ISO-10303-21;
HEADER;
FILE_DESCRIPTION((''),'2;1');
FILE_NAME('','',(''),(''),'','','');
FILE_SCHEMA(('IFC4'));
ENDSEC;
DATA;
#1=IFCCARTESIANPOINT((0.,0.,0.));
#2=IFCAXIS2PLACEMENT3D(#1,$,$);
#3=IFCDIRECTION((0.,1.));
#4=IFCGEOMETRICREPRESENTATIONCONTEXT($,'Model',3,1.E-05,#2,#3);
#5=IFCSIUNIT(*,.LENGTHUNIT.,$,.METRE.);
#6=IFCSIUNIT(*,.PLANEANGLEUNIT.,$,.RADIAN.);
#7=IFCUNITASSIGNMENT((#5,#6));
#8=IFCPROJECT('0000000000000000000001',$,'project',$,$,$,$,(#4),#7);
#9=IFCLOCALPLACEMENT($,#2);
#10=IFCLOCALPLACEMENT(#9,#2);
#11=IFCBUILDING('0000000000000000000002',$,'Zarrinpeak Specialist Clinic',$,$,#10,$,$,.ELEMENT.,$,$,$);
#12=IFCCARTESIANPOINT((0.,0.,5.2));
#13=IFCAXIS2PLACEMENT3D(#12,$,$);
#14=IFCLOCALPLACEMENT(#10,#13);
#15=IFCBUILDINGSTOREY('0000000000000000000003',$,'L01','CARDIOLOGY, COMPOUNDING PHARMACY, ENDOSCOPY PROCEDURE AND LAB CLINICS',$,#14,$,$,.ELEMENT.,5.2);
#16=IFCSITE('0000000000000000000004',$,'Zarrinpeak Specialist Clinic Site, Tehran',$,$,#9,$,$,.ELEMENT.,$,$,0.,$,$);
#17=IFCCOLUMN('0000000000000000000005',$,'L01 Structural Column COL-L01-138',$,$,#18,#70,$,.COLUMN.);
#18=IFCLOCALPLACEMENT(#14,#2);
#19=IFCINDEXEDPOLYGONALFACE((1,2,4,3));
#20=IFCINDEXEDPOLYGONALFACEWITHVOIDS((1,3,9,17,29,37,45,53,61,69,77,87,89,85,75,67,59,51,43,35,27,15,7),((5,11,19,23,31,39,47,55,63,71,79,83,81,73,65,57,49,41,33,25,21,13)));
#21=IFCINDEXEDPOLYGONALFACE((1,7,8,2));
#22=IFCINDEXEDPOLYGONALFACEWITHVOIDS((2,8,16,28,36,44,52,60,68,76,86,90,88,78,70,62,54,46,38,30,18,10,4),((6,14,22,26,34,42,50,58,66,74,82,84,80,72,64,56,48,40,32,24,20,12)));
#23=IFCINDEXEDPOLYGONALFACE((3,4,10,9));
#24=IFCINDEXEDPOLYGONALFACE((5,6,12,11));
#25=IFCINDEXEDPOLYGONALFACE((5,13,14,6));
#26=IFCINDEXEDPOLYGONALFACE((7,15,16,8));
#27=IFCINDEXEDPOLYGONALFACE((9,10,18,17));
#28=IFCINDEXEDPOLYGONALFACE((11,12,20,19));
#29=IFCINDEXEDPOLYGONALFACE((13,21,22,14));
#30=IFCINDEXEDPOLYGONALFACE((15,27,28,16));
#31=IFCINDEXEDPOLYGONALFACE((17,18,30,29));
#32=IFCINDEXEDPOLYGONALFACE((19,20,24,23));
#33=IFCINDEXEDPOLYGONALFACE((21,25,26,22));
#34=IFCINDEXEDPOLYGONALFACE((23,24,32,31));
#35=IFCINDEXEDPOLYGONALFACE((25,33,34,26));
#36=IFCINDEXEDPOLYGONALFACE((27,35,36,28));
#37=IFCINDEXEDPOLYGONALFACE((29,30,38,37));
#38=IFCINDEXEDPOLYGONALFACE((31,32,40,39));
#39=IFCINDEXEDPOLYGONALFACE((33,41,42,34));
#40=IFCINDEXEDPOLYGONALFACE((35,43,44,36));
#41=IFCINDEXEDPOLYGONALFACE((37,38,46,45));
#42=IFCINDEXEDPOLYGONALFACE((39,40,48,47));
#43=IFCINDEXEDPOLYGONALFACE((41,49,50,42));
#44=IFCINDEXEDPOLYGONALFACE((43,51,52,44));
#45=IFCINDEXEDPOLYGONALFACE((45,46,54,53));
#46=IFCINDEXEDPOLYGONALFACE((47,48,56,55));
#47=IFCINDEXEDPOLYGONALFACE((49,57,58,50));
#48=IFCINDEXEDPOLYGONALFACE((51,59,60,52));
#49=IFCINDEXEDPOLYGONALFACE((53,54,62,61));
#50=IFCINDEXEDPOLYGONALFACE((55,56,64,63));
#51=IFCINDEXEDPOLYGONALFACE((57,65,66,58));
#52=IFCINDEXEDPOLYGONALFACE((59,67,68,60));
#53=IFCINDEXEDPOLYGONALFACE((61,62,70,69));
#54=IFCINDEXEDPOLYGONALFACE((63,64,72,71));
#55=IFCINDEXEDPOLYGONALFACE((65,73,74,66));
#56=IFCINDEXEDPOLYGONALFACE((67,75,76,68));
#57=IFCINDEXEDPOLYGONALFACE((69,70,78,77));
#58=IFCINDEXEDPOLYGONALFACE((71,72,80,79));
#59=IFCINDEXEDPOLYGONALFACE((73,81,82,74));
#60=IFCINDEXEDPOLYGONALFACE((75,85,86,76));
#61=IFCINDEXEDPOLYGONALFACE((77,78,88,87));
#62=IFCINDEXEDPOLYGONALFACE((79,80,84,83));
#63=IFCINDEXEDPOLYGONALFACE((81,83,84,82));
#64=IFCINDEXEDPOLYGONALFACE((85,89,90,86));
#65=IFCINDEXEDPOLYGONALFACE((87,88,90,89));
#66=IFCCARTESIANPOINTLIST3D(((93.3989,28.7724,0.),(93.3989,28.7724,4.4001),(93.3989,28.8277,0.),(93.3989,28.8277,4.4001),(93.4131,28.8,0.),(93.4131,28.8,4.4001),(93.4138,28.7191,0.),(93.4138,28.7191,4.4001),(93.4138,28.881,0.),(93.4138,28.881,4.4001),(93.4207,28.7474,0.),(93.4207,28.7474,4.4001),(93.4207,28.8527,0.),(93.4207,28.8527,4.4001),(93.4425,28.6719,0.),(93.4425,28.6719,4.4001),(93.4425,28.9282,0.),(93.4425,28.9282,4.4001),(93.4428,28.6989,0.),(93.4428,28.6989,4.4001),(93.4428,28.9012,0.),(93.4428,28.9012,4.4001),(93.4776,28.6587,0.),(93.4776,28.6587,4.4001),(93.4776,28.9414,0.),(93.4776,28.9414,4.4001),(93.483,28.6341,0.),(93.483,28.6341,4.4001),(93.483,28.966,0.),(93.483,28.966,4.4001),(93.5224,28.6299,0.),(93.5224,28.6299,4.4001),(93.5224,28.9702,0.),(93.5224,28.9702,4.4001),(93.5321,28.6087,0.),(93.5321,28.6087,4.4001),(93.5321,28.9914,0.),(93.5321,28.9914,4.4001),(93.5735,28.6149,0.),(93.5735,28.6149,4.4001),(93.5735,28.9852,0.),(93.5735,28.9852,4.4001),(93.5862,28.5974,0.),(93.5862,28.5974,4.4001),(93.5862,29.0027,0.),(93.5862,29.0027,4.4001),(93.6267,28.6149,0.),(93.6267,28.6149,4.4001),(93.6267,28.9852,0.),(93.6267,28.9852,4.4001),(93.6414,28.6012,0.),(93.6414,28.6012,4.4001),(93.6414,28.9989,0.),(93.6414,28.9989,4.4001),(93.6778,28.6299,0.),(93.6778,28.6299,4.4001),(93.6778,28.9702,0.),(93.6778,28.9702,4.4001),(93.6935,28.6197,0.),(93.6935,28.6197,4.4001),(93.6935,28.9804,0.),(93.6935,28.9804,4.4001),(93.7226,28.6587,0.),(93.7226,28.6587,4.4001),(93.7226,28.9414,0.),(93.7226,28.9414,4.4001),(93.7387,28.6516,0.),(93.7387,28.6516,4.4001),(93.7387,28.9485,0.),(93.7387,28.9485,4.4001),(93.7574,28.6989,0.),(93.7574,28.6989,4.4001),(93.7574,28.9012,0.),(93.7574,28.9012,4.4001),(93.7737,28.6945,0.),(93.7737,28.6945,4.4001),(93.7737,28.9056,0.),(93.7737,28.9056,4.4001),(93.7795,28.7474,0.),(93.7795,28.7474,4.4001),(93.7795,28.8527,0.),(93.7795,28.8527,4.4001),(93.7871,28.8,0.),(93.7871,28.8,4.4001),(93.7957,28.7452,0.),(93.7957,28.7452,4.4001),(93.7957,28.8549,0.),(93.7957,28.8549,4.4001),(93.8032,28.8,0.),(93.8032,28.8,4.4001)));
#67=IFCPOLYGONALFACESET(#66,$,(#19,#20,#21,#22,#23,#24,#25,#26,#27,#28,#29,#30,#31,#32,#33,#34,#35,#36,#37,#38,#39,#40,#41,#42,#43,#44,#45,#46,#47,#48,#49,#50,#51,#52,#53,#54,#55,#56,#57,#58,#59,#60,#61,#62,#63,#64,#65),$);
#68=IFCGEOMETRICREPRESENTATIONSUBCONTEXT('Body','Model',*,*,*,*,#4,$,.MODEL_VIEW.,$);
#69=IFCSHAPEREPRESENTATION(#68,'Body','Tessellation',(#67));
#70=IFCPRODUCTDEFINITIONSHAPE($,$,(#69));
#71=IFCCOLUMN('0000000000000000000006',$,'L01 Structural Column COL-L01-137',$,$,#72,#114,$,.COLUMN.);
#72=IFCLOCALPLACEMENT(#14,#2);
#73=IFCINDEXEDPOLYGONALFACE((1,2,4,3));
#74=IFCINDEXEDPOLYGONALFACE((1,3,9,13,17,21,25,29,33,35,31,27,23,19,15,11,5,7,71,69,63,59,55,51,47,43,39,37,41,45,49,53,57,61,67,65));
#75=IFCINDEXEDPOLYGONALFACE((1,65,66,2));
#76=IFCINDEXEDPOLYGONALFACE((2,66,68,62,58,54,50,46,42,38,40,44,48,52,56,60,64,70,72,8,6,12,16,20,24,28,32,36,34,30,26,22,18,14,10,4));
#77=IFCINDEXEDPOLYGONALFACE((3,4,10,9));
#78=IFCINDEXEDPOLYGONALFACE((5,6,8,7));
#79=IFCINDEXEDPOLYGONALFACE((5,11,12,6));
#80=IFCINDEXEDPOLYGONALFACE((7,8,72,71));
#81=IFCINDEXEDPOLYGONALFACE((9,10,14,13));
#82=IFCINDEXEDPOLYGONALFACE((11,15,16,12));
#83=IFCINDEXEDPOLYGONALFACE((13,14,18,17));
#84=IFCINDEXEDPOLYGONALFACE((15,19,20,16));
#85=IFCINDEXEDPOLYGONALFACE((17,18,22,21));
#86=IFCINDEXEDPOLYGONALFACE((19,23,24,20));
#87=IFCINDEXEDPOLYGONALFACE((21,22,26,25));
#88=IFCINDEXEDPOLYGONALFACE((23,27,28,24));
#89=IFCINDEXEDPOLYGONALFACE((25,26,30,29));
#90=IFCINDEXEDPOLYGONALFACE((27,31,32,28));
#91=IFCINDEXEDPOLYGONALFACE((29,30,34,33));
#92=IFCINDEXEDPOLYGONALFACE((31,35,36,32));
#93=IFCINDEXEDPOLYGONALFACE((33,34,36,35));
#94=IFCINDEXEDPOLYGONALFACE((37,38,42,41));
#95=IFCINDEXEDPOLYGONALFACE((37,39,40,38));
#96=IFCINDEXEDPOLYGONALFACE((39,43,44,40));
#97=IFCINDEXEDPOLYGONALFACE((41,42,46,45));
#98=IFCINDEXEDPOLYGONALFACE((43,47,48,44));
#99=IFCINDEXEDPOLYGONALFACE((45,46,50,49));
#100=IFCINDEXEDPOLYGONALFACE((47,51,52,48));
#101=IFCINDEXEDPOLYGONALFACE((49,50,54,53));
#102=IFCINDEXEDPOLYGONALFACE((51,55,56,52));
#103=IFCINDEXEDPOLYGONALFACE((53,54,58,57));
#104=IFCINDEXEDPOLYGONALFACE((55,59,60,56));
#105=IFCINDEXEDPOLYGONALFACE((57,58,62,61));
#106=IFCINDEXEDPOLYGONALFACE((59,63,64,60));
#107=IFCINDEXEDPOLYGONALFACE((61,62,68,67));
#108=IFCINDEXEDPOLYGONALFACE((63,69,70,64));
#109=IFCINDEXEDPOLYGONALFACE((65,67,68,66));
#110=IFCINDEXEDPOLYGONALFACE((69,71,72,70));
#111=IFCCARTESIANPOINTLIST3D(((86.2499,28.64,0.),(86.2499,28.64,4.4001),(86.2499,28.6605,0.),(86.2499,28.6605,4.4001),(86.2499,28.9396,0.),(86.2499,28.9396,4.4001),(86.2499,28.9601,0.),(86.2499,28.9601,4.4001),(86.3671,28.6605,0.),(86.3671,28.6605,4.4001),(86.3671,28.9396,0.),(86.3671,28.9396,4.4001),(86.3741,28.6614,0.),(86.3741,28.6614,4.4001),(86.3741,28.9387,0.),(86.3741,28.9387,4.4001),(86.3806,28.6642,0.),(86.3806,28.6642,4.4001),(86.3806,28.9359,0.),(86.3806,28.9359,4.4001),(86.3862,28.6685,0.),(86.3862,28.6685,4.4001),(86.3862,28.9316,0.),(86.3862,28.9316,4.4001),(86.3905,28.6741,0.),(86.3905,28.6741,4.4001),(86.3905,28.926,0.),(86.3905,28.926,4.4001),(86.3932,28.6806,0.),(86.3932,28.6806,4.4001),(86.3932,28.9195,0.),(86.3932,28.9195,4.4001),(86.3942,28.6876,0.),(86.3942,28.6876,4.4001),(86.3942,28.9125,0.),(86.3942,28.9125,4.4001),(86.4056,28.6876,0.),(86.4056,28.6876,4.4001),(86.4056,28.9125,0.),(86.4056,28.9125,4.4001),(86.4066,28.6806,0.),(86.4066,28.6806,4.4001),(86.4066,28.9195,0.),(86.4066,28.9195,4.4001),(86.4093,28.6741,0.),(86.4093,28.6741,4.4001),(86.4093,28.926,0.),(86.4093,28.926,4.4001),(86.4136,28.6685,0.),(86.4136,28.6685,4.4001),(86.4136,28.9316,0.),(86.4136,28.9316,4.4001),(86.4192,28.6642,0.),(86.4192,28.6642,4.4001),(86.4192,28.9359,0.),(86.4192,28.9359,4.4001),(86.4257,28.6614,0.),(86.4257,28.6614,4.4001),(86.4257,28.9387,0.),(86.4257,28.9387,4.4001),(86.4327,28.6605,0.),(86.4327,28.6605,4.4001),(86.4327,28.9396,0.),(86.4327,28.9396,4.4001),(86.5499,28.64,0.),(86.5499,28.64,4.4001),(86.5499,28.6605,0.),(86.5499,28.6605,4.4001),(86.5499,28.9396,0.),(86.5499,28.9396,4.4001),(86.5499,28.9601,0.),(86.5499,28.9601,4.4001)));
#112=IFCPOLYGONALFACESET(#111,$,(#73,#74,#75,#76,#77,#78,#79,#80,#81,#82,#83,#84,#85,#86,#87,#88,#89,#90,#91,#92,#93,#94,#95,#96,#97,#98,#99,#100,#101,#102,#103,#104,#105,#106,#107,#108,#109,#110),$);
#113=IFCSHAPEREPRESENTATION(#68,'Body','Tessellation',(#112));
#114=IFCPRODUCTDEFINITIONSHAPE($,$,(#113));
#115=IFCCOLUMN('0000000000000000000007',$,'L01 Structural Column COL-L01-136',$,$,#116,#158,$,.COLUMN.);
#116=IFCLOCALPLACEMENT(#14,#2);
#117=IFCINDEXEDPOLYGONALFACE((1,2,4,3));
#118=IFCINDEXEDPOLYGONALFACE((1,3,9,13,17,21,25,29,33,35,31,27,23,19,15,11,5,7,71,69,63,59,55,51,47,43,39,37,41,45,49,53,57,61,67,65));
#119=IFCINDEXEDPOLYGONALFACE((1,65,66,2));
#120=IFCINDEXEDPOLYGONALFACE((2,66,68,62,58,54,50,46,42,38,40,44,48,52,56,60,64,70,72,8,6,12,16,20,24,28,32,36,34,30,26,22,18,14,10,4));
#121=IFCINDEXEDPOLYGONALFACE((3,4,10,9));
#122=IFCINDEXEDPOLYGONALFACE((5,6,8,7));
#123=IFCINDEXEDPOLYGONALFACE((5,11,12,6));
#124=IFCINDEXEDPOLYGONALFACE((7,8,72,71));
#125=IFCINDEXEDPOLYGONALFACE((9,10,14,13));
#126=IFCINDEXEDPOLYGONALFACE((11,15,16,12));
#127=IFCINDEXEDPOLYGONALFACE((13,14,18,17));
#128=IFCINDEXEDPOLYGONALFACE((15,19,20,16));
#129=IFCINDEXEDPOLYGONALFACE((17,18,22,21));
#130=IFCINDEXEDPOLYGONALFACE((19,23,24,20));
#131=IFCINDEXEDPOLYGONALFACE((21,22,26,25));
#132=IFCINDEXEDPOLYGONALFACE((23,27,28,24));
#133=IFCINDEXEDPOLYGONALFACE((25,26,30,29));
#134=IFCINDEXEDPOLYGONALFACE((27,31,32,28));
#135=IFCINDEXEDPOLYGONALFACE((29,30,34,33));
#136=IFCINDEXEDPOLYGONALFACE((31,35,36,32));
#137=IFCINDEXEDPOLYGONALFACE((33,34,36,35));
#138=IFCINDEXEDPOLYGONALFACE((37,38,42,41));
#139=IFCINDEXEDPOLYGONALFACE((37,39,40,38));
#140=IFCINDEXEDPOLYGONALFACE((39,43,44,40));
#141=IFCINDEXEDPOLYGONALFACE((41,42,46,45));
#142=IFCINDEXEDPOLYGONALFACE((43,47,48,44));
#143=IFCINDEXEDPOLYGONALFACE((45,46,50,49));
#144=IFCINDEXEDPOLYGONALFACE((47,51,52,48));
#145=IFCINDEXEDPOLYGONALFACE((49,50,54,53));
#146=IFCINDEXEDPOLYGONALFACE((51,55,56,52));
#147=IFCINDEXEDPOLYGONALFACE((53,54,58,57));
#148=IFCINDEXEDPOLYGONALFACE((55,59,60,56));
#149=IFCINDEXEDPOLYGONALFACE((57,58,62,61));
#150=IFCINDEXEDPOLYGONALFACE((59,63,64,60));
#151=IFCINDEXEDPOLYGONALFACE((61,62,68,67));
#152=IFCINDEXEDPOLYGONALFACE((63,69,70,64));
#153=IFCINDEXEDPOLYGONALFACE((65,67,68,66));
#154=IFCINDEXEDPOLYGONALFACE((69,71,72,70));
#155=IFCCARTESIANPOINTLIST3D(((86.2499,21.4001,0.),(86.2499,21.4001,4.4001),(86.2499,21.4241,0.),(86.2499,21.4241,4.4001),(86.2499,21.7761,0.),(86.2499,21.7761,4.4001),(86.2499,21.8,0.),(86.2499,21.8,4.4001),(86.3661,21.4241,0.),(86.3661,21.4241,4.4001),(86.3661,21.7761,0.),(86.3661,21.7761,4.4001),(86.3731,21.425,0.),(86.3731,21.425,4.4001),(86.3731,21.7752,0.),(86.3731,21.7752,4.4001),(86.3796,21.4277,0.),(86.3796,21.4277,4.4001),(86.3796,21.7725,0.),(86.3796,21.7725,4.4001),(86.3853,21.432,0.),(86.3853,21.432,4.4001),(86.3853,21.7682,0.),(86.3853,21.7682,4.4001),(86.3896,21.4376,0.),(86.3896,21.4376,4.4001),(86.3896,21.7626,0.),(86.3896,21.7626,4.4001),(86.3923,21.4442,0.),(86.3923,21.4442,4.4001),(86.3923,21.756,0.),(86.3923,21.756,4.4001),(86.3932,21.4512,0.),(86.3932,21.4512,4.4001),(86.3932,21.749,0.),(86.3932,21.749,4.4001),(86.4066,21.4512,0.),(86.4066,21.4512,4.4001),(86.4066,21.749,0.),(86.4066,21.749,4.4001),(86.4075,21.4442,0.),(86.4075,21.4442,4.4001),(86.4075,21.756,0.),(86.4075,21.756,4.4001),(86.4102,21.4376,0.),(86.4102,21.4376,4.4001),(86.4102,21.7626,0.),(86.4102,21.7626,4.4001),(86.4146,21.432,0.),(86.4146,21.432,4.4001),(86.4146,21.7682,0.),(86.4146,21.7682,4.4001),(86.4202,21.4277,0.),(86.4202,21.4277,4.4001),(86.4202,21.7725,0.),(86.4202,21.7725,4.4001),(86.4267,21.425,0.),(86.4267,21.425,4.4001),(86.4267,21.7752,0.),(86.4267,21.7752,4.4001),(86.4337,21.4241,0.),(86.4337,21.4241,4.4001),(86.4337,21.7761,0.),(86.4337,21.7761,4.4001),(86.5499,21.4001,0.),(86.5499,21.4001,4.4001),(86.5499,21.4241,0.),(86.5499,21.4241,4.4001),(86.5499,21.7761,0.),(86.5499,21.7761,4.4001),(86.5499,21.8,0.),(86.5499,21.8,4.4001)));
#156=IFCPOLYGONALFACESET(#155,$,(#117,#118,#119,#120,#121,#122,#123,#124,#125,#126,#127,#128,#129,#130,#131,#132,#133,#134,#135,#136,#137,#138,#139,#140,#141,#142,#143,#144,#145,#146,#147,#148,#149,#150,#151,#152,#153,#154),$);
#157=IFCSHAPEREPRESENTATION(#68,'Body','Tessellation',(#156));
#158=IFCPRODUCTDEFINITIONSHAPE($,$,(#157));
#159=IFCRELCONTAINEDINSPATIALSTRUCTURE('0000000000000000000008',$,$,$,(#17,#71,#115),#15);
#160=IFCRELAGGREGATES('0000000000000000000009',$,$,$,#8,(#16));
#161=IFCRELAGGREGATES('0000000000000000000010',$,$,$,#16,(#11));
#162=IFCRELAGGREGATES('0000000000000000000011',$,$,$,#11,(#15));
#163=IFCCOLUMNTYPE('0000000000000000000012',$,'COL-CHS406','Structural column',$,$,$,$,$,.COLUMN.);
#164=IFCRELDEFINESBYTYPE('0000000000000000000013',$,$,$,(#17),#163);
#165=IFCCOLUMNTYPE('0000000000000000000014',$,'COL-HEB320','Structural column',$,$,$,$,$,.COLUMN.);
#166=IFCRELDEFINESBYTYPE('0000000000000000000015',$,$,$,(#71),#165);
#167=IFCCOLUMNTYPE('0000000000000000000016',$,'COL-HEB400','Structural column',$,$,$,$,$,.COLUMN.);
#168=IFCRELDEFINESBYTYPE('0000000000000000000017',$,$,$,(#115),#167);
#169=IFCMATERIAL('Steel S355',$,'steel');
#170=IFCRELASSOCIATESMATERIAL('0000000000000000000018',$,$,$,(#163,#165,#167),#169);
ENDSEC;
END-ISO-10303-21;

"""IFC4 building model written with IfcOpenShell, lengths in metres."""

from ifc_helpers import new_model, si_unit, direction, frame, origin, origin_2d, place, context, subcontext, project, spatial, hollow_circle, i_section, extrude, material, material_profile, profile_set, type_object, element, save


model = new_model("IFC4")

# Units and contexts
model_context = context("Model", 3, precision=1e-05, world=origin(), true_north=direction((0.0, 1.0)))
body_context = subcontext(model_context, "Body", "Model", "MODEL_VIEW")
ifc_project = project(units=[si_unit("LENGTHUNIT", "METRE"), si_unit("PLANEANGLEUNIT", "RADIAN")], contexts=[model_context])

# Site, building, storey
site_placement = place(None, origin())
site = spatial("IfcSite", under=ifc_project, at=site_placement, Name="Zarrinpeak Specialist Clinic Site, Tehran", CompositionType="ELEMENT", RefElevation=0.0)
building_placement = place(site_placement, origin())
building = spatial("IfcBuilding", under=site, at=building_placement, Name="Zarrinpeak Specialist Clinic", CompositionType="ELEMENT")
storey_placement = place(building_placement, frame((0.0, 0.0, 5.2)))
storey = spatial("IfcBuildingStorey", under=building, at=storey_placement, Name="L01", Description="CARDIOLOGY, COMPOUNDING PHARMACY, ENDOSCOPY PROCEDURE AND LAB CLINICS", CompositionType="ELEMENT", Elevation=5.2)

# Columns
ifc_material_1 = material(Name="Steel S355", Category="steel")
ifc_material_profile_1 = material_profile(ifc_material_1, hollow_circle(Radius=0.2031, WallThickness=0.0161, at=origin_2d()), Name="CHS 406.4x16.0")
ifc_profile_set_1 = profile_set([ifc_material_profile_1], Name="Steel S355")
column_type_1 = type_object("IfcColumnType", Name="COL-CHS406", Description="Structural column", PredefinedType="COLUMN", material=ifc_profile_set_1)
column_1_placement = place(storey_placement, frame((93.6001, 28.8, 0.0), z_axis=(0.0, 0.0, 1.0), x_axis=(1.0, 0.0, 0.0)))
element("IfcColumn", 1, at=column_1_placement, inside=storey, type_object=column_type_1, Name="L01 Structural Column COL-L01-138", PredefinedType="COLUMN", context=body_context, shape_type="SweptSolid", body=[
    extrude(hollow_circle(Radius=0.2031, WallThickness=0.0161, at=origin_2d()), origin(), (0.0, 0.0, 1.0), 4.4001),
])
ifc_material_profile_2 = material_profile(ifc_material_1, i_section(OverallWidth=0.3, OverallDepth=0.3201, WebThickness=0.0115, FlangeThickness=0.0205, FilletRadius=0.0271, at=origin_2d()), Name="HEB 320")
ifc_profile_set_2 = profile_set([ifc_material_profile_2], Name="Steel S355")
column_type_2 = type_object("IfcColumnType", Name="COL-HEB320", Description="Structural column", PredefinedType="COLUMN", material=ifc_profile_set_2)
column_2_placement = place(storey_placement, frame((86.3999, 28.8, 0.0), z_axis=(0.0, 0.0, 1.0), x_axis=(1.0, 0.0, 0.0)))
element("IfcColumn", 2, at=column_2_placement, inside=storey, type_object=column_type_2, Name="L01 Structural Column COL-L01-137", PredefinedType="COLUMN", context=body_context, shape_type="SweptSolid", body=[
    extrude(i_section(OverallWidth=0.3, OverallDepth=0.3201, WebThickness=0.0115, FlangeThickness=0.0205, FilletRadius=0.0271, at=origin_2d()), origin(), (0.0, 0.0, 1.0), 4.4001),
])
ifc_material_profile_3 = material_profile(ifc_material_1, i_section(OverallWidth=0.3, OverallDepth=0.3999, WebThickness=0.0134, FlangeThickness=0.0239, FilletRadius=0.0271, at=origin_2d()), Name="HEB 400")
ifc_profile_set_3 = profile_set([ifc_material_profile_3], Name="Steel S355")
column_type_3 = type_object("IfcColumnType", Name="COL-HEB400", Description="Structural column", PredefinedType="COLUMN", material=ifc_profile_set_3)
column_3_placement = place(storey_placement, frame((86.3999, 21.6001, 0.0), z_axis=(0.0, 0.0, 1.0), x_axis=(1.0, 0.0, 0.0)))
element("IfcColumn", 3, at=column_3_placement, inside=storey, type_object=column_type_3, Name="L01 Structural Column COL-L01-136", PredefinedType="COLUMN", context=body_context, shape_type="SweptSolid", body=[
    extrude(i_section(OverallWidth=0.3, OverallDepth=0.3999, WebThickness=0.0134, FlangeThickness=0.0239, FilletRadius=0.0271, at=origin_2d()), origin(), (0.0, 0.0, 1.0), 4.4001),
])

save(model, "model.ifc")
